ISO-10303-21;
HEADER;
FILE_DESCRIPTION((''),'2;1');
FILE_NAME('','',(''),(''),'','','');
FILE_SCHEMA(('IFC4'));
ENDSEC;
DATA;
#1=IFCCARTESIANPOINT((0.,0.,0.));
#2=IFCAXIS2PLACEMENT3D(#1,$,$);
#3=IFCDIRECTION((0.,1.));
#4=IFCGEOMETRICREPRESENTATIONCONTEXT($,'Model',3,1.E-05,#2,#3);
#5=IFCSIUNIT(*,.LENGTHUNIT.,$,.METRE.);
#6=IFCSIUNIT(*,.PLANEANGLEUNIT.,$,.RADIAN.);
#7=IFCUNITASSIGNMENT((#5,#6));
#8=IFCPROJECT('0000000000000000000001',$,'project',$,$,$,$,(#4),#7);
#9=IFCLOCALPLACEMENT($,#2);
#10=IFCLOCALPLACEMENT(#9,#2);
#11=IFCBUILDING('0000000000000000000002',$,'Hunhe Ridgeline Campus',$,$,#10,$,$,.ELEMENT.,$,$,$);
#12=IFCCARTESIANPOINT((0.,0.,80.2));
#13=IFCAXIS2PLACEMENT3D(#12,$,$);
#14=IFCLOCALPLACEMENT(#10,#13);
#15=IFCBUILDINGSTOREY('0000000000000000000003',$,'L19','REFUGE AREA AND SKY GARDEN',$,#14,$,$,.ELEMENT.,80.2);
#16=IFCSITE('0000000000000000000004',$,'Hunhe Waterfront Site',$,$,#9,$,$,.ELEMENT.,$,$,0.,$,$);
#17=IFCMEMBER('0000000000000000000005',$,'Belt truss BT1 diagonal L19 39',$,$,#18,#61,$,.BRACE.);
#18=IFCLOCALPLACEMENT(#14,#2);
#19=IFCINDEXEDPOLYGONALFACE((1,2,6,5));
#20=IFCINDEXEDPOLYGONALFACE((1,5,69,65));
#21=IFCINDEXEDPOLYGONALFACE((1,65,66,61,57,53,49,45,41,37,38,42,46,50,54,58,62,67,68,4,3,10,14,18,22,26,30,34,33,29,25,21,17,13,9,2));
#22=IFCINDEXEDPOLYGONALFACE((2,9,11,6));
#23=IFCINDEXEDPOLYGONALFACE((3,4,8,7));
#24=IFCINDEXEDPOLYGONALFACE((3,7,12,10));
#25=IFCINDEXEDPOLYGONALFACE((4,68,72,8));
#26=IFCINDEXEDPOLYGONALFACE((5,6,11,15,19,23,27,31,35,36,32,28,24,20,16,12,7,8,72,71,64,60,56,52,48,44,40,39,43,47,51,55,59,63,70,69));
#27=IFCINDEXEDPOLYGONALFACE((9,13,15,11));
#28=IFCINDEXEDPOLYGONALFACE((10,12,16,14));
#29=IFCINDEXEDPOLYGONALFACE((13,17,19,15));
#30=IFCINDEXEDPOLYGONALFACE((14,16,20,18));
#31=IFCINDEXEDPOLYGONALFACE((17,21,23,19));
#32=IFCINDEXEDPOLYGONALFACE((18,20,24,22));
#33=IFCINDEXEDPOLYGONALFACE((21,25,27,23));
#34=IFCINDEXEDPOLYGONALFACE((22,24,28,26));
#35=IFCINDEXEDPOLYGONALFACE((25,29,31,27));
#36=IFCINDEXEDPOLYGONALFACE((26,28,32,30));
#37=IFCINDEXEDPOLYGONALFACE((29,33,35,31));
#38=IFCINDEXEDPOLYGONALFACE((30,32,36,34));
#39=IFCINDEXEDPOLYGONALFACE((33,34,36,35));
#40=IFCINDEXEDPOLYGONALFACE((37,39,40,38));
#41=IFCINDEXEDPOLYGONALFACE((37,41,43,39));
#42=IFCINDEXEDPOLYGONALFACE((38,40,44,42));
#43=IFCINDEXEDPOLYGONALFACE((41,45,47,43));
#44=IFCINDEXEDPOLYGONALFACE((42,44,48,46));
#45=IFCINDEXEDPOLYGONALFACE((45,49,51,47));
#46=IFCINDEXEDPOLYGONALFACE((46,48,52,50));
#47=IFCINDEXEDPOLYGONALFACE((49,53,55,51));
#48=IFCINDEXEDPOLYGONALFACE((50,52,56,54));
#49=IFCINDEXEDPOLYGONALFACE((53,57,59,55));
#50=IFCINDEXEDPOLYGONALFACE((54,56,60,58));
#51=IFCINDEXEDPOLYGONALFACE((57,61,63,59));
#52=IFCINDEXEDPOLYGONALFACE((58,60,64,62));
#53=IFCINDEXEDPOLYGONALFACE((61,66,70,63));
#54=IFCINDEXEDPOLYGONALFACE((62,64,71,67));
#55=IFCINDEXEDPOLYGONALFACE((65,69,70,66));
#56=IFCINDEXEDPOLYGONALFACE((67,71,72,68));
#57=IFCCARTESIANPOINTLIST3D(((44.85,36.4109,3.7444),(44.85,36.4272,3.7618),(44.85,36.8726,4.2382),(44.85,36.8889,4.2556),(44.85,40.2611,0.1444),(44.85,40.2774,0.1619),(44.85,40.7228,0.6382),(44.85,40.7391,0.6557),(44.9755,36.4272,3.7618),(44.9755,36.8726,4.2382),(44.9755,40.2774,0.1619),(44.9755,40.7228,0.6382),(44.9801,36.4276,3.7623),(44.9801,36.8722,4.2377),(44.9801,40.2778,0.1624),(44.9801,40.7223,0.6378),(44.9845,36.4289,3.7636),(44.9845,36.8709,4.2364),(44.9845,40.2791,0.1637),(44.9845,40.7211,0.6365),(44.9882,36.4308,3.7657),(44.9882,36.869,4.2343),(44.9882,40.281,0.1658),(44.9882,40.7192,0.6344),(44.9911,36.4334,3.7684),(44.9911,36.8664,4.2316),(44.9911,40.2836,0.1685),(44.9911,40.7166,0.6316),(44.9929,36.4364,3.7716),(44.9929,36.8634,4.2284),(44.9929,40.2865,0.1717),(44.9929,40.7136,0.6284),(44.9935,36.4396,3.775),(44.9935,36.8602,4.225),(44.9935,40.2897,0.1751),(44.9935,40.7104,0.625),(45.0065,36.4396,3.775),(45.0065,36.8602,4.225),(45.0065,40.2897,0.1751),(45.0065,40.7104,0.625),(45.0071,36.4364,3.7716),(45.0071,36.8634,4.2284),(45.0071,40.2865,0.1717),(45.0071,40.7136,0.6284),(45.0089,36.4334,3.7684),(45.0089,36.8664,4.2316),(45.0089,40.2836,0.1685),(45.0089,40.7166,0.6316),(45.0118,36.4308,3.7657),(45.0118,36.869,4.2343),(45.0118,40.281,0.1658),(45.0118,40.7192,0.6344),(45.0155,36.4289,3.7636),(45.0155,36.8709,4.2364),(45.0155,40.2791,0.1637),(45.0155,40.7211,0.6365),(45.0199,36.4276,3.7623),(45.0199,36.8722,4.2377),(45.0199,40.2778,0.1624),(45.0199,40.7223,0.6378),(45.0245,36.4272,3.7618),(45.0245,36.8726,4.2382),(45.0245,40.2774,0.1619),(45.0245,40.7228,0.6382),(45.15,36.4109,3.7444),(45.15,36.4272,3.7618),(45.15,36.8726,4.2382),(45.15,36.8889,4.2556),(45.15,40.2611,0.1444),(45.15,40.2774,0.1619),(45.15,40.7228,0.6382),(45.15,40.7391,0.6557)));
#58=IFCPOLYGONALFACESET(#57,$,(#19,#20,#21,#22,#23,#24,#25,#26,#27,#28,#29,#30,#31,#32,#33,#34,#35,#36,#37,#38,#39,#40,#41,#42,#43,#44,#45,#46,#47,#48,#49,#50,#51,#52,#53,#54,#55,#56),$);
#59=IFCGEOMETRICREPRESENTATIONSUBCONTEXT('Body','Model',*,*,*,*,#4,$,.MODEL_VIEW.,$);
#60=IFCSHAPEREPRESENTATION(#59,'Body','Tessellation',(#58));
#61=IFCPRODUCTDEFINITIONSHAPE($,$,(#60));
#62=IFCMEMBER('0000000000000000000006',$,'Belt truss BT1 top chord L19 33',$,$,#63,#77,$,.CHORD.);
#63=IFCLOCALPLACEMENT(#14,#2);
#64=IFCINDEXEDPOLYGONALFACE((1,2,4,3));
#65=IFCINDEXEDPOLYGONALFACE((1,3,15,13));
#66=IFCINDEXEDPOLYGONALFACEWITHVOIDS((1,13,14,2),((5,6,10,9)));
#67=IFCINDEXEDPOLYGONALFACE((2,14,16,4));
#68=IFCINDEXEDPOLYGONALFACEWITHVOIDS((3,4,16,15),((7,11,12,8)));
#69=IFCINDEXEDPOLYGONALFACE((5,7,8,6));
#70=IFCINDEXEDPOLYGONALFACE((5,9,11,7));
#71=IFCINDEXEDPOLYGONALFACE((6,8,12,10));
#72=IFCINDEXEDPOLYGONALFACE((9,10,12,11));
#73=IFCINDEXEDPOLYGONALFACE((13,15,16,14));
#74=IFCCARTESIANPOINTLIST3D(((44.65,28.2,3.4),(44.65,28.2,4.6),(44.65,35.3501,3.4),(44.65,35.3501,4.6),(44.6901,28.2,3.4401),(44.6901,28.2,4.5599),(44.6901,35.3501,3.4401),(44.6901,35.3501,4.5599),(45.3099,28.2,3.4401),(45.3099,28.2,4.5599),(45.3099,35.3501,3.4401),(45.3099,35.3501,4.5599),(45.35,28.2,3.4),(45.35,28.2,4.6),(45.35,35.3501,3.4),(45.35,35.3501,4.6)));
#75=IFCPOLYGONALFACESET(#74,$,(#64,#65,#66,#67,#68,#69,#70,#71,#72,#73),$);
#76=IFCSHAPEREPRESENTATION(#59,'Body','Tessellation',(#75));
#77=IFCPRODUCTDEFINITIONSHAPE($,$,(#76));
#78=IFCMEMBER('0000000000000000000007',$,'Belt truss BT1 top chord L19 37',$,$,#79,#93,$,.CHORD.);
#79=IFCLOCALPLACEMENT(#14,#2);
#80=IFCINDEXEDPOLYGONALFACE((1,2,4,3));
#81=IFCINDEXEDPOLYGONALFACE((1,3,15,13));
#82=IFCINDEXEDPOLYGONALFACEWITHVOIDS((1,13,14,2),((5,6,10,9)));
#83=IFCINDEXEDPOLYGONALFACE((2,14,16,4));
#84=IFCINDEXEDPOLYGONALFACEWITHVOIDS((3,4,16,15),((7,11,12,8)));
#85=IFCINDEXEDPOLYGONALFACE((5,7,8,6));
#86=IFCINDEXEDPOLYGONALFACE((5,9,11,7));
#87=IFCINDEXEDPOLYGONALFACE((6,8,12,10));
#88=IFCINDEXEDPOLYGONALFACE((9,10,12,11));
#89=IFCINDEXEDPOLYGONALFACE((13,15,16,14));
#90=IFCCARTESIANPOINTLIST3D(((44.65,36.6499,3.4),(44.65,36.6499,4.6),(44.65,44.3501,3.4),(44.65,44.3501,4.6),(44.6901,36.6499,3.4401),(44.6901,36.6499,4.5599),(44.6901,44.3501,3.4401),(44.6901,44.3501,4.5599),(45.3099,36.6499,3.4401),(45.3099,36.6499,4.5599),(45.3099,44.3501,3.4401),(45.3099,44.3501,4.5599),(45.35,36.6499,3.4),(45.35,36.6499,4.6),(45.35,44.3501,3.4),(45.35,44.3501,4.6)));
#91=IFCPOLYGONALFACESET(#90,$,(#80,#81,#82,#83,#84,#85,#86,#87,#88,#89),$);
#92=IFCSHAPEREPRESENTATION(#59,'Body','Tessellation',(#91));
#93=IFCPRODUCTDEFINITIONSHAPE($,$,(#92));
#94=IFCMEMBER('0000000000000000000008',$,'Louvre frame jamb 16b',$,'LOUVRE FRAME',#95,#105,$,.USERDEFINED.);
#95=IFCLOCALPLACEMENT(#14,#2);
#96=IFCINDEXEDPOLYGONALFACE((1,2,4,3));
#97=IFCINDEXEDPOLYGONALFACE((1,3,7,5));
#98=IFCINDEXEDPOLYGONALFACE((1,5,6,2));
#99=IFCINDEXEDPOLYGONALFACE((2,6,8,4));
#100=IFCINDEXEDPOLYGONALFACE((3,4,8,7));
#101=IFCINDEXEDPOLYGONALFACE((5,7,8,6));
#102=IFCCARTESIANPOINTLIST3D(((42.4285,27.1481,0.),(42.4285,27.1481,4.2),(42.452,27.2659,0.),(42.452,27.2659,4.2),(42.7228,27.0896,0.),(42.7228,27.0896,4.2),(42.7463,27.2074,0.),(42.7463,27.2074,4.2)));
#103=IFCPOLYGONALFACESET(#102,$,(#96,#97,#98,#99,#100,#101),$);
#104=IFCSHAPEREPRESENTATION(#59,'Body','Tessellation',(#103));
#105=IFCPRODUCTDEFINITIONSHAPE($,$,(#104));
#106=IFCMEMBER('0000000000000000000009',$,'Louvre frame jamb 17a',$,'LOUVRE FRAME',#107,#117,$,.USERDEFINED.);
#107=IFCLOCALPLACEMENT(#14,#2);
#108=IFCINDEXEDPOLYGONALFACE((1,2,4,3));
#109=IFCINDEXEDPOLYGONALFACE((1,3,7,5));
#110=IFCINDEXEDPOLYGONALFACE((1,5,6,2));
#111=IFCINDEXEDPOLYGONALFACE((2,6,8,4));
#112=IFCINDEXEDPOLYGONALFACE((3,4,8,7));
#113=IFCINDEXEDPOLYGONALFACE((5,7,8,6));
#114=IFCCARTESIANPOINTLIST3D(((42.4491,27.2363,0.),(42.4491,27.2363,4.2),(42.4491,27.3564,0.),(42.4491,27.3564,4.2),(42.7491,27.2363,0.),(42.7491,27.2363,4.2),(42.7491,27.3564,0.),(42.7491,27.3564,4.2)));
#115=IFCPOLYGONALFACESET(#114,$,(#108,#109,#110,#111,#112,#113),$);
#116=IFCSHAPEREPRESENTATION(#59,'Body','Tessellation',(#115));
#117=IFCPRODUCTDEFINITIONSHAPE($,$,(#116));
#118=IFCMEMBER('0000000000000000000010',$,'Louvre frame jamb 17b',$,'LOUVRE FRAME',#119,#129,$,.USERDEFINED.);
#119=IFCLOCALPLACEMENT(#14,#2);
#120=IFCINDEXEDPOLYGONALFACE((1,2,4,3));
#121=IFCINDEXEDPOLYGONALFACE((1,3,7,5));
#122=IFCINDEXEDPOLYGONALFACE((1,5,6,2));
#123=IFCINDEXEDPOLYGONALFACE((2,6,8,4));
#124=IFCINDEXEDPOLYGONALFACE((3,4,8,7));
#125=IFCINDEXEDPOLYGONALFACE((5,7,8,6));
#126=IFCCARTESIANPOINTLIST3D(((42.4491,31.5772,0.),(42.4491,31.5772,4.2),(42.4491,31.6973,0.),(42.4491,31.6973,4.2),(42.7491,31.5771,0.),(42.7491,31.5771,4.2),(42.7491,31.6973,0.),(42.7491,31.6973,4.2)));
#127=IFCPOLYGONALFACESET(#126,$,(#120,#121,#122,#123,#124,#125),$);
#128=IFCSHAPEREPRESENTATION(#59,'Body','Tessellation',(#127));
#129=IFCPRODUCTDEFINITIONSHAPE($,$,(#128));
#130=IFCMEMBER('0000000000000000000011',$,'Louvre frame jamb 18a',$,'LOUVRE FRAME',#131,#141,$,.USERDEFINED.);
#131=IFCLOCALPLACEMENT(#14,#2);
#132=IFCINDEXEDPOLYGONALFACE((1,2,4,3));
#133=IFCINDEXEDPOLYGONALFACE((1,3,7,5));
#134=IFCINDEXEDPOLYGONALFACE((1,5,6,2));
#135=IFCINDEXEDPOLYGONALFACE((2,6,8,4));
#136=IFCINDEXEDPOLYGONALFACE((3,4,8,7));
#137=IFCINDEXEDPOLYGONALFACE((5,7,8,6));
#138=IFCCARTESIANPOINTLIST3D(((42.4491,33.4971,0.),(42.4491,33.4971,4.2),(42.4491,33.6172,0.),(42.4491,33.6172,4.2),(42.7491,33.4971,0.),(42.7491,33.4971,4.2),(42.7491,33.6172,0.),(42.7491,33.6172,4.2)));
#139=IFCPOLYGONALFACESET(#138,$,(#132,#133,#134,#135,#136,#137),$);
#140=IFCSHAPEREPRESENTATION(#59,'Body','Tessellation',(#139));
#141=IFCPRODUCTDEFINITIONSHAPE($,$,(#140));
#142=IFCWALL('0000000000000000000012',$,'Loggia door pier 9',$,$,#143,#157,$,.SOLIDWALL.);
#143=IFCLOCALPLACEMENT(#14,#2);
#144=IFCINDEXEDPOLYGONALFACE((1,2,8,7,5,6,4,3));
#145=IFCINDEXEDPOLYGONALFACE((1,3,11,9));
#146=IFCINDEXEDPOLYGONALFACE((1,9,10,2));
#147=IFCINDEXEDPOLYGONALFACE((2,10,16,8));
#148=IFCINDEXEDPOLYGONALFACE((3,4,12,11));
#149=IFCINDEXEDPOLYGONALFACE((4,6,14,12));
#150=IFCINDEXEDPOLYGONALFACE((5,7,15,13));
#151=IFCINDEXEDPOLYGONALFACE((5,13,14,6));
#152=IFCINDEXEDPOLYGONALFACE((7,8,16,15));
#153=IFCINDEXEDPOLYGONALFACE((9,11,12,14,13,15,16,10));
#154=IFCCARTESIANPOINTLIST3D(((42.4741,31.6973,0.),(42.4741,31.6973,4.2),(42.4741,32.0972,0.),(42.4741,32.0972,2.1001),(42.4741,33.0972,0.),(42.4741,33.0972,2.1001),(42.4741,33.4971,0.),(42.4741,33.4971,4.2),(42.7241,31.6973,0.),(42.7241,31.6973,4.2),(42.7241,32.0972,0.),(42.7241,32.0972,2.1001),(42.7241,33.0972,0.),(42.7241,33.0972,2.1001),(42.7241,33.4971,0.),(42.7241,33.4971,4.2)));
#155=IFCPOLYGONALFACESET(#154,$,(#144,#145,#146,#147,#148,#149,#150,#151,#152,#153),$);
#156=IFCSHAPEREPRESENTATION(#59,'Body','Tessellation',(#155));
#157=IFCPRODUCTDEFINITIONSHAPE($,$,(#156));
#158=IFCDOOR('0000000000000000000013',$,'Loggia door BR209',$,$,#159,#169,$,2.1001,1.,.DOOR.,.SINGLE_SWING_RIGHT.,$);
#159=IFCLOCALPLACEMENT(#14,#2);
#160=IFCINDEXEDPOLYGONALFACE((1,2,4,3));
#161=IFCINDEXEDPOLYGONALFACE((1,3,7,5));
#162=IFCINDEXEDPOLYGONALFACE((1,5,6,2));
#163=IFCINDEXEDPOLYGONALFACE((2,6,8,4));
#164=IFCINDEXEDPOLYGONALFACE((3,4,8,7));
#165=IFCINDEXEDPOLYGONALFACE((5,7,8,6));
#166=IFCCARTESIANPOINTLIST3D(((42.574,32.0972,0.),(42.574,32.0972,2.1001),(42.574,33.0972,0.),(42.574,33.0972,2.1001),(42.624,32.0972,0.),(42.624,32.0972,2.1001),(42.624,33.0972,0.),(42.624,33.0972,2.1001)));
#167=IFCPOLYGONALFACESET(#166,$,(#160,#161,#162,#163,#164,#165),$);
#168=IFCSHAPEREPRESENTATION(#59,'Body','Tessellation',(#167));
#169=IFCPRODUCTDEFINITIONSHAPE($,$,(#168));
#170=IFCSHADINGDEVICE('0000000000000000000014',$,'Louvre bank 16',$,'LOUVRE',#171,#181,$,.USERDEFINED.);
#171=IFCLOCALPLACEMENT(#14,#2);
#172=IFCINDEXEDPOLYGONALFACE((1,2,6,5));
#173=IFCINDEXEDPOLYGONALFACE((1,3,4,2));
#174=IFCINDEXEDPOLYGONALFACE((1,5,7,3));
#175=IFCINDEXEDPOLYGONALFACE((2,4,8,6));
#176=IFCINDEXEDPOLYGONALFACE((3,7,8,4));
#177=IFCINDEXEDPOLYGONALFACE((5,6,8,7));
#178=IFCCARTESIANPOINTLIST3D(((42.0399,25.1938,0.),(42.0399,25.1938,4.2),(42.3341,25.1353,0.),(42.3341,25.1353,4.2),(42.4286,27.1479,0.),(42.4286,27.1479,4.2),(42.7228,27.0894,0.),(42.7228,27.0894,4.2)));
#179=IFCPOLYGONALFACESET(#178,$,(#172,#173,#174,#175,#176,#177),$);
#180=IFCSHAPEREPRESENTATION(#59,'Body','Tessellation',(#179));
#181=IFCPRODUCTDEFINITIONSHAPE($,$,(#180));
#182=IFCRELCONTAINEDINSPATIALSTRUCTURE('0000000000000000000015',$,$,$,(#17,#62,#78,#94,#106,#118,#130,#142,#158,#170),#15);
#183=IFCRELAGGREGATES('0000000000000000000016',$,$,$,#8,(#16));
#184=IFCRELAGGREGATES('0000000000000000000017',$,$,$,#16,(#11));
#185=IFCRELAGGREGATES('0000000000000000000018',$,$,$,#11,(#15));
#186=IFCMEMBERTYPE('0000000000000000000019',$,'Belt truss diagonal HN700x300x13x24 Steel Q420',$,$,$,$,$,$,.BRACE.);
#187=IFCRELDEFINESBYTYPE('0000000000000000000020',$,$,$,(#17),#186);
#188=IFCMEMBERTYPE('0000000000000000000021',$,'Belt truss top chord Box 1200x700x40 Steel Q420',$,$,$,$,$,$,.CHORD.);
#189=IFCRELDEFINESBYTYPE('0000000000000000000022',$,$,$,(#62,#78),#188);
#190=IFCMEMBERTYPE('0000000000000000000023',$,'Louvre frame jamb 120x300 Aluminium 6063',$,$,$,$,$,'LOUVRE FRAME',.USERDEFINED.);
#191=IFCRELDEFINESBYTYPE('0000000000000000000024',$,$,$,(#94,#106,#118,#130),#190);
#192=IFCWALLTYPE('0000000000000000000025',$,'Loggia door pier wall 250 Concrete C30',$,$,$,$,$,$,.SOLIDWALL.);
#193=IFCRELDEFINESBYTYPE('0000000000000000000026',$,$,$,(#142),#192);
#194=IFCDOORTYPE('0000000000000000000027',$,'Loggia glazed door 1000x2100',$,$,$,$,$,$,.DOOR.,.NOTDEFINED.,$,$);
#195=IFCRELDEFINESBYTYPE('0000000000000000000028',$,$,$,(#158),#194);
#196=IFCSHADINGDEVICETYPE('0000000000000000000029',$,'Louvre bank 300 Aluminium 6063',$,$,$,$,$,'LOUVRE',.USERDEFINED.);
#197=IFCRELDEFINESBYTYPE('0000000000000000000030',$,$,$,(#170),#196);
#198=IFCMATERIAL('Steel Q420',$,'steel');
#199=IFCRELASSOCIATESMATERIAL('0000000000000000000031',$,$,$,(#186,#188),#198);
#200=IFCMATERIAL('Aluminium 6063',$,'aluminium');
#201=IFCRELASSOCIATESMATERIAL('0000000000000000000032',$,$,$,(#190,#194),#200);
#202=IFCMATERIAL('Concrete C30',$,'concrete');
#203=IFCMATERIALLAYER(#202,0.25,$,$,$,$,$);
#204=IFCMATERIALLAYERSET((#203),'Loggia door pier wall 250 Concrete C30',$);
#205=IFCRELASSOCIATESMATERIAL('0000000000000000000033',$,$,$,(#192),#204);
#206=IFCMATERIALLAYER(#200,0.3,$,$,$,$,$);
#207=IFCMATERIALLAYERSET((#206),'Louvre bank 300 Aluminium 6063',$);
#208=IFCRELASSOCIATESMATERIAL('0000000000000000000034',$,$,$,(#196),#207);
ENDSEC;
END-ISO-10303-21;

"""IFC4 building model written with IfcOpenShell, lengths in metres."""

from ifc_helpers import new_model, si_unit, direction, frame, frame_2d, origin, origin_2d, place, context, subcontext, project, spatial, rectangle, hollow_rectangle, i_section, extrude, material, layer, layer_set, material_profile, profile_set, type_object, element, fill, save


model = new_model("IFC4")

# Units and contexts
model_context = context("Model", 3, precision=1e-05, world=origin(), true_north=direction((0.0, 1.0)))
body_context = subcontext(model_context, "Body", "Model", "MODEL_VIEW")
ifc_project = project(units=[si_unit("LENGTHUNIT", "METRE"), si_unit("PLANEANGLEUNIT", "RADIAN")], contexts=[model_context])

# Site, building, storey
site_placement = place(None, origin())
site = spatial("IfcSite", under=ifc_project, at=site_placement, Name="Hunhe Waterfront Site", CompositionType="ELEMENT", RefElevation=0.0)
building_placement = place(site_placement, origin())
building = spatial("IfcBuilding", under=site, at=building_placement, Name="Hunhe Ridgeline Campus", CompositionType="ELEMENT")
storey_placement = place(building_placement, frame((0.0, 0.0, 80.2)))
storey = spatial("IfcBuildingStorey", under=building, at=storey_placement, Name="L19", Description="REFUGE AREA AND SKY GARDEN", CompositionType="ELEMENT", Elevation=80.2)

# Members
ifc_material_1 = material(Name="Steel Q420", Category="steel")
ifc_material_profile_1 = material_profile(ifc_material_1, i_section(OverallWidth=0.3, OverallDepth=0.7, WebThickness=0.0129, FlangeThickness=0.0239, FilletRadius=0.0181, at=origin_2d()))
ifc_profile_set_1 = profile_set([ifc_material_profile_1], Name="Steel Q420")
member_type_1 = type_object("IfcMemberType", Name="Belt truss diagonal HN700x300x13x24 Steel Q420", PredefinedType="BRACE", material=ifc_profile_set_1)
member_1_placement = place(storey_placement, frame((45.0, 36.6499, 4.0), z_axis=(0.0, 0.730447, -0.68297), x_axis=(-1.0, 0.0, 0.0)))
element("IfcMember", 1, at=member_1_placement, inside=storey, type_object=member_type_1, Name="Belt truss BT1 diagonal L19 39", PredefinedType="BRACE", context=body_context, shape_type="SweptSolid", body=[
    extrude(i_section(OverallWidth=0.3, OverallDepth=0.7, WebThickness=0.0129, FlangeThickness=0.0239, FilletRadius=0.0181, at=origin_2d()), origin(), (0.0, 0.0, 1.0), 5.271),
])
ifc_material_profile_2 = material_profile(ifc_material_1, hollow_rectangle(XDim=0.7, YDim=1.2, WallThickness=0.04, at=origin_2d()))
ifc_profile_set_2 = profile_set([ifc_material_profile_2], Name="Steel Q420")
member_type_2 = type_object("IfcMemberType", Name="Belt truss top chord Box 1200x700x40 Steel Q420", PredefinedType="CHORD", material=ifc_profile_set_2)
member_2_placement = place(storey_placement, frame((45.0, 28.2, 4.0), z_axis=(0.0, 1.0, 0.0), x_axis=(-1.0, 0.0, 0.0)))
element("IfcMember", 2, at=member_2_placement, inside=storey, type_object=member_type_2, Name="Belt truss BT1 top chord L19 33", PredefinedType="CHORD", context=body_context, shape_type="SweptSolid", body=[
    extrude(hollow_rectangle(XDim=0.7, YDim=1.2, WallThickness=0.04, at=origin_2d()), origin(), (0.0, 0.0, 1.0), 7.1501),
])
member_3_placement = place(storey_placement, frame((45.0, 36.6499, 4.0), z_axis=(0.0, 1.0, 0.0), x_axis=(-1.0, 0.0, 0.0)))
element("IfcMember", 3, at=member_3_placement, inside=storey, type_object=member_type_2, Name="Belt truss BT1 top chord L19 37", PredefinedType="CHORD", context=body_context, shape_type="SweptSolid", body=[
    extrude(hollow_rectangle(XDim=0.7, YDim=1.2, WallThickness=0.04, at=origin_2d()), origin(), (0.0, 0.0, 1.0), 7.7002),
])
ifc_material_2 = material(Name="Aluminium 6063", Category="aluminium")
ifc_material_profile_3 = material_profile(ifc_material_2, rectangle(XDim=0.3, YDim=0.1201, at=origin_2d()))
ifc_profile_set_3 = profile_set([ifc_material_profile_3], Name="Aluminium 6063")
member_type_3 = type_object("IfcMemberType", Name="Louvre frame jamb 120x300 Aluminium 6063", ElementType="LOUVRE FRAME", PredefinedType="USERDEFINED", material=ifc_profile_set_3)
for number, where, z_axis, x_axis, name in (
    (4, (42.5874, 27.1777, 0.0), (0.0, 0.0, 1.0), (-0.980785, 0.19509, 0.0), "Louvre frame jamb 16b"),
    (5, (42.5991, 27.2964, 0.0), (0.0, 0.0, 1.0), (-1.0, 0.000011, 0.0), "Louvre frame jamb 17a"),
    (6, (42.5991, 31.6372, 0.0), (0.0, 0.0, 1.0), (-1.0, 0.000011, 0.0), "Louvre frame jamb 17b"),
    (7, (42.5991, 33.5571, 0.0), (0.0, 0.0, 1.0), (-1.0, 0.000011, 0.0), "Louvre frame jamb 18a"),
):
    element("IfcMember", number, at=place(storey_placement, frame(where, z_axis=z_axis, x_axis=x_axis)), inside=storey, type_object=member_type_3, Name=name, ObjectType="LOUVRE FRAME", PredefinedType="USERDEFINED", context=body_context, shape_type="SweptSolid", body=[
        extrude(rectangle(XDim=0.3, YDim=0.1201, at=origin_2d()), origin(), (0.0, 0.0, 1.0), 4.2),
    ])

# Wall, opening, door
ifc_material_3 = material(Name="Concrete C30", Category="concrete")
ifc_layer_1 = layer(ifc_material_3, 0.25)
ifc_layer_set_1 = layer_set([ifc_layer_1], Name="Loggia door pier wall 250 Concrete C30")
wall_type = type_object("IfcWallType", Name="Loggia door pier wall 250 Concrete C30", PredefinedType="SOLIDWALL", material=ifc_layer_set_1)
wall_placement = place(storey_placement, frame((42.5991, 31.6973, 0.0), z_axis=(0.0, 0.0, 1.0), x_axis=(0.0, 1.0, 0.0)))
wall = element("IfcWall", 8, at=wall_placement, inside=storey, type_object=wall_type, Name="Loggia door pier 9", PredefinedType="SOLIDWALL", context=body_context, shape_type="SweptSolid", body=[
    extrude(rectangle(XDim=1.7998, YDim=0.25, at=frame_2d((0.8999, 0.0))), origin(), (0.0, 0.0, 1.0), 4.2),
])
opening_placement = place(wall_placement, frame((0.3999, 0.0, 0.0)))
opening = element("IfcOpeningElement", 9, at=opening_placement, cuts=wall, PredefinedType="OPENING", context=body_context, shape_type="SweptSolid", body=[
    extrude(rectangle(XDim=1.0, YDim=2.1001, at=frame_2d((0.5, 1.05))), frame((0.0, 0.125, 0.0), z_axis=(0.0, -1.0, 0.0), x_axis=(1.0, 0.0, 0.0)), (0.0, 0.0, 1.0), 0.25),
])
door_type = type_object("IfcDoorType", Name="Loggia glazed door 1000x2100", OperationType="NOTDEFINED", PredefinedType="DOOR", material=ifc_material_2)
door_placement = place(opening_placement, frame((1.0, 0.0, 0.0), z_axis=(0.0, 0.0, 1.0), x_axis=(-1.0, 0.0, 0.0)))
door = element("IfcDoor", 10, at=door_placement, inside=storey, type_object=door_type, Name="Loggia door BR209", OperationType="SINGLE_SWING_RIGHT", OverallHeight=2.1001, OverallWidth=1.0, PredefinedType="DOOR", context=body_context, shape_type="SweptSolid", body=[
    extrude(rectangle(XDim=1.0, YDim=2.1001, at=frame_2d((0.5, 1.05))), frame((0.0, 0.0249, 0.0), z_axis=(0.0, -1.0, 0.0), x_axis=(1.0, 0.0, 0.0)), (0.0, 0.0, 1.0), 0.05),
])
fill(opening, door)

# Shading device
ifc_layer_2 = layer(ifc_material_2, 0.3)
ifc_layer_set_2 = layer_set([ifc_layer_2], Name="Louvre bank 300 Aluminium 6063")
shading_device_type = type_object("IfcShadingDeviceType", Name="Louvre bank 300 Aluminium 6063", ElementType="LOUVRE", PredefinedType="USERDEFINED", material=ifc_layer_set_2)
shading_device_1_placement = place(storey_placement, frame((42.3813, 26.1416, 0.0), z_axis=(0.0, 0.0, 1.0), x_axis=(0.19509, 0.980785, 0.0)))
element("IfcShadingDevice", 11, at=shading_device_1_placement, inside=storey, type_object=shading_device_type, Name="Louvre bank 16", ObjectType="LOUVRE", PredefinedType="USERDEFINED", context=body_context, shape_type="SweptSolid", body=[
    extrude(rectangle(XDim=1.9924, YDim=0.3, at=origin_2d()), origin(), (0.0, 0.0, 1.0), 4.2),
])

save(model, "model.ifc")
